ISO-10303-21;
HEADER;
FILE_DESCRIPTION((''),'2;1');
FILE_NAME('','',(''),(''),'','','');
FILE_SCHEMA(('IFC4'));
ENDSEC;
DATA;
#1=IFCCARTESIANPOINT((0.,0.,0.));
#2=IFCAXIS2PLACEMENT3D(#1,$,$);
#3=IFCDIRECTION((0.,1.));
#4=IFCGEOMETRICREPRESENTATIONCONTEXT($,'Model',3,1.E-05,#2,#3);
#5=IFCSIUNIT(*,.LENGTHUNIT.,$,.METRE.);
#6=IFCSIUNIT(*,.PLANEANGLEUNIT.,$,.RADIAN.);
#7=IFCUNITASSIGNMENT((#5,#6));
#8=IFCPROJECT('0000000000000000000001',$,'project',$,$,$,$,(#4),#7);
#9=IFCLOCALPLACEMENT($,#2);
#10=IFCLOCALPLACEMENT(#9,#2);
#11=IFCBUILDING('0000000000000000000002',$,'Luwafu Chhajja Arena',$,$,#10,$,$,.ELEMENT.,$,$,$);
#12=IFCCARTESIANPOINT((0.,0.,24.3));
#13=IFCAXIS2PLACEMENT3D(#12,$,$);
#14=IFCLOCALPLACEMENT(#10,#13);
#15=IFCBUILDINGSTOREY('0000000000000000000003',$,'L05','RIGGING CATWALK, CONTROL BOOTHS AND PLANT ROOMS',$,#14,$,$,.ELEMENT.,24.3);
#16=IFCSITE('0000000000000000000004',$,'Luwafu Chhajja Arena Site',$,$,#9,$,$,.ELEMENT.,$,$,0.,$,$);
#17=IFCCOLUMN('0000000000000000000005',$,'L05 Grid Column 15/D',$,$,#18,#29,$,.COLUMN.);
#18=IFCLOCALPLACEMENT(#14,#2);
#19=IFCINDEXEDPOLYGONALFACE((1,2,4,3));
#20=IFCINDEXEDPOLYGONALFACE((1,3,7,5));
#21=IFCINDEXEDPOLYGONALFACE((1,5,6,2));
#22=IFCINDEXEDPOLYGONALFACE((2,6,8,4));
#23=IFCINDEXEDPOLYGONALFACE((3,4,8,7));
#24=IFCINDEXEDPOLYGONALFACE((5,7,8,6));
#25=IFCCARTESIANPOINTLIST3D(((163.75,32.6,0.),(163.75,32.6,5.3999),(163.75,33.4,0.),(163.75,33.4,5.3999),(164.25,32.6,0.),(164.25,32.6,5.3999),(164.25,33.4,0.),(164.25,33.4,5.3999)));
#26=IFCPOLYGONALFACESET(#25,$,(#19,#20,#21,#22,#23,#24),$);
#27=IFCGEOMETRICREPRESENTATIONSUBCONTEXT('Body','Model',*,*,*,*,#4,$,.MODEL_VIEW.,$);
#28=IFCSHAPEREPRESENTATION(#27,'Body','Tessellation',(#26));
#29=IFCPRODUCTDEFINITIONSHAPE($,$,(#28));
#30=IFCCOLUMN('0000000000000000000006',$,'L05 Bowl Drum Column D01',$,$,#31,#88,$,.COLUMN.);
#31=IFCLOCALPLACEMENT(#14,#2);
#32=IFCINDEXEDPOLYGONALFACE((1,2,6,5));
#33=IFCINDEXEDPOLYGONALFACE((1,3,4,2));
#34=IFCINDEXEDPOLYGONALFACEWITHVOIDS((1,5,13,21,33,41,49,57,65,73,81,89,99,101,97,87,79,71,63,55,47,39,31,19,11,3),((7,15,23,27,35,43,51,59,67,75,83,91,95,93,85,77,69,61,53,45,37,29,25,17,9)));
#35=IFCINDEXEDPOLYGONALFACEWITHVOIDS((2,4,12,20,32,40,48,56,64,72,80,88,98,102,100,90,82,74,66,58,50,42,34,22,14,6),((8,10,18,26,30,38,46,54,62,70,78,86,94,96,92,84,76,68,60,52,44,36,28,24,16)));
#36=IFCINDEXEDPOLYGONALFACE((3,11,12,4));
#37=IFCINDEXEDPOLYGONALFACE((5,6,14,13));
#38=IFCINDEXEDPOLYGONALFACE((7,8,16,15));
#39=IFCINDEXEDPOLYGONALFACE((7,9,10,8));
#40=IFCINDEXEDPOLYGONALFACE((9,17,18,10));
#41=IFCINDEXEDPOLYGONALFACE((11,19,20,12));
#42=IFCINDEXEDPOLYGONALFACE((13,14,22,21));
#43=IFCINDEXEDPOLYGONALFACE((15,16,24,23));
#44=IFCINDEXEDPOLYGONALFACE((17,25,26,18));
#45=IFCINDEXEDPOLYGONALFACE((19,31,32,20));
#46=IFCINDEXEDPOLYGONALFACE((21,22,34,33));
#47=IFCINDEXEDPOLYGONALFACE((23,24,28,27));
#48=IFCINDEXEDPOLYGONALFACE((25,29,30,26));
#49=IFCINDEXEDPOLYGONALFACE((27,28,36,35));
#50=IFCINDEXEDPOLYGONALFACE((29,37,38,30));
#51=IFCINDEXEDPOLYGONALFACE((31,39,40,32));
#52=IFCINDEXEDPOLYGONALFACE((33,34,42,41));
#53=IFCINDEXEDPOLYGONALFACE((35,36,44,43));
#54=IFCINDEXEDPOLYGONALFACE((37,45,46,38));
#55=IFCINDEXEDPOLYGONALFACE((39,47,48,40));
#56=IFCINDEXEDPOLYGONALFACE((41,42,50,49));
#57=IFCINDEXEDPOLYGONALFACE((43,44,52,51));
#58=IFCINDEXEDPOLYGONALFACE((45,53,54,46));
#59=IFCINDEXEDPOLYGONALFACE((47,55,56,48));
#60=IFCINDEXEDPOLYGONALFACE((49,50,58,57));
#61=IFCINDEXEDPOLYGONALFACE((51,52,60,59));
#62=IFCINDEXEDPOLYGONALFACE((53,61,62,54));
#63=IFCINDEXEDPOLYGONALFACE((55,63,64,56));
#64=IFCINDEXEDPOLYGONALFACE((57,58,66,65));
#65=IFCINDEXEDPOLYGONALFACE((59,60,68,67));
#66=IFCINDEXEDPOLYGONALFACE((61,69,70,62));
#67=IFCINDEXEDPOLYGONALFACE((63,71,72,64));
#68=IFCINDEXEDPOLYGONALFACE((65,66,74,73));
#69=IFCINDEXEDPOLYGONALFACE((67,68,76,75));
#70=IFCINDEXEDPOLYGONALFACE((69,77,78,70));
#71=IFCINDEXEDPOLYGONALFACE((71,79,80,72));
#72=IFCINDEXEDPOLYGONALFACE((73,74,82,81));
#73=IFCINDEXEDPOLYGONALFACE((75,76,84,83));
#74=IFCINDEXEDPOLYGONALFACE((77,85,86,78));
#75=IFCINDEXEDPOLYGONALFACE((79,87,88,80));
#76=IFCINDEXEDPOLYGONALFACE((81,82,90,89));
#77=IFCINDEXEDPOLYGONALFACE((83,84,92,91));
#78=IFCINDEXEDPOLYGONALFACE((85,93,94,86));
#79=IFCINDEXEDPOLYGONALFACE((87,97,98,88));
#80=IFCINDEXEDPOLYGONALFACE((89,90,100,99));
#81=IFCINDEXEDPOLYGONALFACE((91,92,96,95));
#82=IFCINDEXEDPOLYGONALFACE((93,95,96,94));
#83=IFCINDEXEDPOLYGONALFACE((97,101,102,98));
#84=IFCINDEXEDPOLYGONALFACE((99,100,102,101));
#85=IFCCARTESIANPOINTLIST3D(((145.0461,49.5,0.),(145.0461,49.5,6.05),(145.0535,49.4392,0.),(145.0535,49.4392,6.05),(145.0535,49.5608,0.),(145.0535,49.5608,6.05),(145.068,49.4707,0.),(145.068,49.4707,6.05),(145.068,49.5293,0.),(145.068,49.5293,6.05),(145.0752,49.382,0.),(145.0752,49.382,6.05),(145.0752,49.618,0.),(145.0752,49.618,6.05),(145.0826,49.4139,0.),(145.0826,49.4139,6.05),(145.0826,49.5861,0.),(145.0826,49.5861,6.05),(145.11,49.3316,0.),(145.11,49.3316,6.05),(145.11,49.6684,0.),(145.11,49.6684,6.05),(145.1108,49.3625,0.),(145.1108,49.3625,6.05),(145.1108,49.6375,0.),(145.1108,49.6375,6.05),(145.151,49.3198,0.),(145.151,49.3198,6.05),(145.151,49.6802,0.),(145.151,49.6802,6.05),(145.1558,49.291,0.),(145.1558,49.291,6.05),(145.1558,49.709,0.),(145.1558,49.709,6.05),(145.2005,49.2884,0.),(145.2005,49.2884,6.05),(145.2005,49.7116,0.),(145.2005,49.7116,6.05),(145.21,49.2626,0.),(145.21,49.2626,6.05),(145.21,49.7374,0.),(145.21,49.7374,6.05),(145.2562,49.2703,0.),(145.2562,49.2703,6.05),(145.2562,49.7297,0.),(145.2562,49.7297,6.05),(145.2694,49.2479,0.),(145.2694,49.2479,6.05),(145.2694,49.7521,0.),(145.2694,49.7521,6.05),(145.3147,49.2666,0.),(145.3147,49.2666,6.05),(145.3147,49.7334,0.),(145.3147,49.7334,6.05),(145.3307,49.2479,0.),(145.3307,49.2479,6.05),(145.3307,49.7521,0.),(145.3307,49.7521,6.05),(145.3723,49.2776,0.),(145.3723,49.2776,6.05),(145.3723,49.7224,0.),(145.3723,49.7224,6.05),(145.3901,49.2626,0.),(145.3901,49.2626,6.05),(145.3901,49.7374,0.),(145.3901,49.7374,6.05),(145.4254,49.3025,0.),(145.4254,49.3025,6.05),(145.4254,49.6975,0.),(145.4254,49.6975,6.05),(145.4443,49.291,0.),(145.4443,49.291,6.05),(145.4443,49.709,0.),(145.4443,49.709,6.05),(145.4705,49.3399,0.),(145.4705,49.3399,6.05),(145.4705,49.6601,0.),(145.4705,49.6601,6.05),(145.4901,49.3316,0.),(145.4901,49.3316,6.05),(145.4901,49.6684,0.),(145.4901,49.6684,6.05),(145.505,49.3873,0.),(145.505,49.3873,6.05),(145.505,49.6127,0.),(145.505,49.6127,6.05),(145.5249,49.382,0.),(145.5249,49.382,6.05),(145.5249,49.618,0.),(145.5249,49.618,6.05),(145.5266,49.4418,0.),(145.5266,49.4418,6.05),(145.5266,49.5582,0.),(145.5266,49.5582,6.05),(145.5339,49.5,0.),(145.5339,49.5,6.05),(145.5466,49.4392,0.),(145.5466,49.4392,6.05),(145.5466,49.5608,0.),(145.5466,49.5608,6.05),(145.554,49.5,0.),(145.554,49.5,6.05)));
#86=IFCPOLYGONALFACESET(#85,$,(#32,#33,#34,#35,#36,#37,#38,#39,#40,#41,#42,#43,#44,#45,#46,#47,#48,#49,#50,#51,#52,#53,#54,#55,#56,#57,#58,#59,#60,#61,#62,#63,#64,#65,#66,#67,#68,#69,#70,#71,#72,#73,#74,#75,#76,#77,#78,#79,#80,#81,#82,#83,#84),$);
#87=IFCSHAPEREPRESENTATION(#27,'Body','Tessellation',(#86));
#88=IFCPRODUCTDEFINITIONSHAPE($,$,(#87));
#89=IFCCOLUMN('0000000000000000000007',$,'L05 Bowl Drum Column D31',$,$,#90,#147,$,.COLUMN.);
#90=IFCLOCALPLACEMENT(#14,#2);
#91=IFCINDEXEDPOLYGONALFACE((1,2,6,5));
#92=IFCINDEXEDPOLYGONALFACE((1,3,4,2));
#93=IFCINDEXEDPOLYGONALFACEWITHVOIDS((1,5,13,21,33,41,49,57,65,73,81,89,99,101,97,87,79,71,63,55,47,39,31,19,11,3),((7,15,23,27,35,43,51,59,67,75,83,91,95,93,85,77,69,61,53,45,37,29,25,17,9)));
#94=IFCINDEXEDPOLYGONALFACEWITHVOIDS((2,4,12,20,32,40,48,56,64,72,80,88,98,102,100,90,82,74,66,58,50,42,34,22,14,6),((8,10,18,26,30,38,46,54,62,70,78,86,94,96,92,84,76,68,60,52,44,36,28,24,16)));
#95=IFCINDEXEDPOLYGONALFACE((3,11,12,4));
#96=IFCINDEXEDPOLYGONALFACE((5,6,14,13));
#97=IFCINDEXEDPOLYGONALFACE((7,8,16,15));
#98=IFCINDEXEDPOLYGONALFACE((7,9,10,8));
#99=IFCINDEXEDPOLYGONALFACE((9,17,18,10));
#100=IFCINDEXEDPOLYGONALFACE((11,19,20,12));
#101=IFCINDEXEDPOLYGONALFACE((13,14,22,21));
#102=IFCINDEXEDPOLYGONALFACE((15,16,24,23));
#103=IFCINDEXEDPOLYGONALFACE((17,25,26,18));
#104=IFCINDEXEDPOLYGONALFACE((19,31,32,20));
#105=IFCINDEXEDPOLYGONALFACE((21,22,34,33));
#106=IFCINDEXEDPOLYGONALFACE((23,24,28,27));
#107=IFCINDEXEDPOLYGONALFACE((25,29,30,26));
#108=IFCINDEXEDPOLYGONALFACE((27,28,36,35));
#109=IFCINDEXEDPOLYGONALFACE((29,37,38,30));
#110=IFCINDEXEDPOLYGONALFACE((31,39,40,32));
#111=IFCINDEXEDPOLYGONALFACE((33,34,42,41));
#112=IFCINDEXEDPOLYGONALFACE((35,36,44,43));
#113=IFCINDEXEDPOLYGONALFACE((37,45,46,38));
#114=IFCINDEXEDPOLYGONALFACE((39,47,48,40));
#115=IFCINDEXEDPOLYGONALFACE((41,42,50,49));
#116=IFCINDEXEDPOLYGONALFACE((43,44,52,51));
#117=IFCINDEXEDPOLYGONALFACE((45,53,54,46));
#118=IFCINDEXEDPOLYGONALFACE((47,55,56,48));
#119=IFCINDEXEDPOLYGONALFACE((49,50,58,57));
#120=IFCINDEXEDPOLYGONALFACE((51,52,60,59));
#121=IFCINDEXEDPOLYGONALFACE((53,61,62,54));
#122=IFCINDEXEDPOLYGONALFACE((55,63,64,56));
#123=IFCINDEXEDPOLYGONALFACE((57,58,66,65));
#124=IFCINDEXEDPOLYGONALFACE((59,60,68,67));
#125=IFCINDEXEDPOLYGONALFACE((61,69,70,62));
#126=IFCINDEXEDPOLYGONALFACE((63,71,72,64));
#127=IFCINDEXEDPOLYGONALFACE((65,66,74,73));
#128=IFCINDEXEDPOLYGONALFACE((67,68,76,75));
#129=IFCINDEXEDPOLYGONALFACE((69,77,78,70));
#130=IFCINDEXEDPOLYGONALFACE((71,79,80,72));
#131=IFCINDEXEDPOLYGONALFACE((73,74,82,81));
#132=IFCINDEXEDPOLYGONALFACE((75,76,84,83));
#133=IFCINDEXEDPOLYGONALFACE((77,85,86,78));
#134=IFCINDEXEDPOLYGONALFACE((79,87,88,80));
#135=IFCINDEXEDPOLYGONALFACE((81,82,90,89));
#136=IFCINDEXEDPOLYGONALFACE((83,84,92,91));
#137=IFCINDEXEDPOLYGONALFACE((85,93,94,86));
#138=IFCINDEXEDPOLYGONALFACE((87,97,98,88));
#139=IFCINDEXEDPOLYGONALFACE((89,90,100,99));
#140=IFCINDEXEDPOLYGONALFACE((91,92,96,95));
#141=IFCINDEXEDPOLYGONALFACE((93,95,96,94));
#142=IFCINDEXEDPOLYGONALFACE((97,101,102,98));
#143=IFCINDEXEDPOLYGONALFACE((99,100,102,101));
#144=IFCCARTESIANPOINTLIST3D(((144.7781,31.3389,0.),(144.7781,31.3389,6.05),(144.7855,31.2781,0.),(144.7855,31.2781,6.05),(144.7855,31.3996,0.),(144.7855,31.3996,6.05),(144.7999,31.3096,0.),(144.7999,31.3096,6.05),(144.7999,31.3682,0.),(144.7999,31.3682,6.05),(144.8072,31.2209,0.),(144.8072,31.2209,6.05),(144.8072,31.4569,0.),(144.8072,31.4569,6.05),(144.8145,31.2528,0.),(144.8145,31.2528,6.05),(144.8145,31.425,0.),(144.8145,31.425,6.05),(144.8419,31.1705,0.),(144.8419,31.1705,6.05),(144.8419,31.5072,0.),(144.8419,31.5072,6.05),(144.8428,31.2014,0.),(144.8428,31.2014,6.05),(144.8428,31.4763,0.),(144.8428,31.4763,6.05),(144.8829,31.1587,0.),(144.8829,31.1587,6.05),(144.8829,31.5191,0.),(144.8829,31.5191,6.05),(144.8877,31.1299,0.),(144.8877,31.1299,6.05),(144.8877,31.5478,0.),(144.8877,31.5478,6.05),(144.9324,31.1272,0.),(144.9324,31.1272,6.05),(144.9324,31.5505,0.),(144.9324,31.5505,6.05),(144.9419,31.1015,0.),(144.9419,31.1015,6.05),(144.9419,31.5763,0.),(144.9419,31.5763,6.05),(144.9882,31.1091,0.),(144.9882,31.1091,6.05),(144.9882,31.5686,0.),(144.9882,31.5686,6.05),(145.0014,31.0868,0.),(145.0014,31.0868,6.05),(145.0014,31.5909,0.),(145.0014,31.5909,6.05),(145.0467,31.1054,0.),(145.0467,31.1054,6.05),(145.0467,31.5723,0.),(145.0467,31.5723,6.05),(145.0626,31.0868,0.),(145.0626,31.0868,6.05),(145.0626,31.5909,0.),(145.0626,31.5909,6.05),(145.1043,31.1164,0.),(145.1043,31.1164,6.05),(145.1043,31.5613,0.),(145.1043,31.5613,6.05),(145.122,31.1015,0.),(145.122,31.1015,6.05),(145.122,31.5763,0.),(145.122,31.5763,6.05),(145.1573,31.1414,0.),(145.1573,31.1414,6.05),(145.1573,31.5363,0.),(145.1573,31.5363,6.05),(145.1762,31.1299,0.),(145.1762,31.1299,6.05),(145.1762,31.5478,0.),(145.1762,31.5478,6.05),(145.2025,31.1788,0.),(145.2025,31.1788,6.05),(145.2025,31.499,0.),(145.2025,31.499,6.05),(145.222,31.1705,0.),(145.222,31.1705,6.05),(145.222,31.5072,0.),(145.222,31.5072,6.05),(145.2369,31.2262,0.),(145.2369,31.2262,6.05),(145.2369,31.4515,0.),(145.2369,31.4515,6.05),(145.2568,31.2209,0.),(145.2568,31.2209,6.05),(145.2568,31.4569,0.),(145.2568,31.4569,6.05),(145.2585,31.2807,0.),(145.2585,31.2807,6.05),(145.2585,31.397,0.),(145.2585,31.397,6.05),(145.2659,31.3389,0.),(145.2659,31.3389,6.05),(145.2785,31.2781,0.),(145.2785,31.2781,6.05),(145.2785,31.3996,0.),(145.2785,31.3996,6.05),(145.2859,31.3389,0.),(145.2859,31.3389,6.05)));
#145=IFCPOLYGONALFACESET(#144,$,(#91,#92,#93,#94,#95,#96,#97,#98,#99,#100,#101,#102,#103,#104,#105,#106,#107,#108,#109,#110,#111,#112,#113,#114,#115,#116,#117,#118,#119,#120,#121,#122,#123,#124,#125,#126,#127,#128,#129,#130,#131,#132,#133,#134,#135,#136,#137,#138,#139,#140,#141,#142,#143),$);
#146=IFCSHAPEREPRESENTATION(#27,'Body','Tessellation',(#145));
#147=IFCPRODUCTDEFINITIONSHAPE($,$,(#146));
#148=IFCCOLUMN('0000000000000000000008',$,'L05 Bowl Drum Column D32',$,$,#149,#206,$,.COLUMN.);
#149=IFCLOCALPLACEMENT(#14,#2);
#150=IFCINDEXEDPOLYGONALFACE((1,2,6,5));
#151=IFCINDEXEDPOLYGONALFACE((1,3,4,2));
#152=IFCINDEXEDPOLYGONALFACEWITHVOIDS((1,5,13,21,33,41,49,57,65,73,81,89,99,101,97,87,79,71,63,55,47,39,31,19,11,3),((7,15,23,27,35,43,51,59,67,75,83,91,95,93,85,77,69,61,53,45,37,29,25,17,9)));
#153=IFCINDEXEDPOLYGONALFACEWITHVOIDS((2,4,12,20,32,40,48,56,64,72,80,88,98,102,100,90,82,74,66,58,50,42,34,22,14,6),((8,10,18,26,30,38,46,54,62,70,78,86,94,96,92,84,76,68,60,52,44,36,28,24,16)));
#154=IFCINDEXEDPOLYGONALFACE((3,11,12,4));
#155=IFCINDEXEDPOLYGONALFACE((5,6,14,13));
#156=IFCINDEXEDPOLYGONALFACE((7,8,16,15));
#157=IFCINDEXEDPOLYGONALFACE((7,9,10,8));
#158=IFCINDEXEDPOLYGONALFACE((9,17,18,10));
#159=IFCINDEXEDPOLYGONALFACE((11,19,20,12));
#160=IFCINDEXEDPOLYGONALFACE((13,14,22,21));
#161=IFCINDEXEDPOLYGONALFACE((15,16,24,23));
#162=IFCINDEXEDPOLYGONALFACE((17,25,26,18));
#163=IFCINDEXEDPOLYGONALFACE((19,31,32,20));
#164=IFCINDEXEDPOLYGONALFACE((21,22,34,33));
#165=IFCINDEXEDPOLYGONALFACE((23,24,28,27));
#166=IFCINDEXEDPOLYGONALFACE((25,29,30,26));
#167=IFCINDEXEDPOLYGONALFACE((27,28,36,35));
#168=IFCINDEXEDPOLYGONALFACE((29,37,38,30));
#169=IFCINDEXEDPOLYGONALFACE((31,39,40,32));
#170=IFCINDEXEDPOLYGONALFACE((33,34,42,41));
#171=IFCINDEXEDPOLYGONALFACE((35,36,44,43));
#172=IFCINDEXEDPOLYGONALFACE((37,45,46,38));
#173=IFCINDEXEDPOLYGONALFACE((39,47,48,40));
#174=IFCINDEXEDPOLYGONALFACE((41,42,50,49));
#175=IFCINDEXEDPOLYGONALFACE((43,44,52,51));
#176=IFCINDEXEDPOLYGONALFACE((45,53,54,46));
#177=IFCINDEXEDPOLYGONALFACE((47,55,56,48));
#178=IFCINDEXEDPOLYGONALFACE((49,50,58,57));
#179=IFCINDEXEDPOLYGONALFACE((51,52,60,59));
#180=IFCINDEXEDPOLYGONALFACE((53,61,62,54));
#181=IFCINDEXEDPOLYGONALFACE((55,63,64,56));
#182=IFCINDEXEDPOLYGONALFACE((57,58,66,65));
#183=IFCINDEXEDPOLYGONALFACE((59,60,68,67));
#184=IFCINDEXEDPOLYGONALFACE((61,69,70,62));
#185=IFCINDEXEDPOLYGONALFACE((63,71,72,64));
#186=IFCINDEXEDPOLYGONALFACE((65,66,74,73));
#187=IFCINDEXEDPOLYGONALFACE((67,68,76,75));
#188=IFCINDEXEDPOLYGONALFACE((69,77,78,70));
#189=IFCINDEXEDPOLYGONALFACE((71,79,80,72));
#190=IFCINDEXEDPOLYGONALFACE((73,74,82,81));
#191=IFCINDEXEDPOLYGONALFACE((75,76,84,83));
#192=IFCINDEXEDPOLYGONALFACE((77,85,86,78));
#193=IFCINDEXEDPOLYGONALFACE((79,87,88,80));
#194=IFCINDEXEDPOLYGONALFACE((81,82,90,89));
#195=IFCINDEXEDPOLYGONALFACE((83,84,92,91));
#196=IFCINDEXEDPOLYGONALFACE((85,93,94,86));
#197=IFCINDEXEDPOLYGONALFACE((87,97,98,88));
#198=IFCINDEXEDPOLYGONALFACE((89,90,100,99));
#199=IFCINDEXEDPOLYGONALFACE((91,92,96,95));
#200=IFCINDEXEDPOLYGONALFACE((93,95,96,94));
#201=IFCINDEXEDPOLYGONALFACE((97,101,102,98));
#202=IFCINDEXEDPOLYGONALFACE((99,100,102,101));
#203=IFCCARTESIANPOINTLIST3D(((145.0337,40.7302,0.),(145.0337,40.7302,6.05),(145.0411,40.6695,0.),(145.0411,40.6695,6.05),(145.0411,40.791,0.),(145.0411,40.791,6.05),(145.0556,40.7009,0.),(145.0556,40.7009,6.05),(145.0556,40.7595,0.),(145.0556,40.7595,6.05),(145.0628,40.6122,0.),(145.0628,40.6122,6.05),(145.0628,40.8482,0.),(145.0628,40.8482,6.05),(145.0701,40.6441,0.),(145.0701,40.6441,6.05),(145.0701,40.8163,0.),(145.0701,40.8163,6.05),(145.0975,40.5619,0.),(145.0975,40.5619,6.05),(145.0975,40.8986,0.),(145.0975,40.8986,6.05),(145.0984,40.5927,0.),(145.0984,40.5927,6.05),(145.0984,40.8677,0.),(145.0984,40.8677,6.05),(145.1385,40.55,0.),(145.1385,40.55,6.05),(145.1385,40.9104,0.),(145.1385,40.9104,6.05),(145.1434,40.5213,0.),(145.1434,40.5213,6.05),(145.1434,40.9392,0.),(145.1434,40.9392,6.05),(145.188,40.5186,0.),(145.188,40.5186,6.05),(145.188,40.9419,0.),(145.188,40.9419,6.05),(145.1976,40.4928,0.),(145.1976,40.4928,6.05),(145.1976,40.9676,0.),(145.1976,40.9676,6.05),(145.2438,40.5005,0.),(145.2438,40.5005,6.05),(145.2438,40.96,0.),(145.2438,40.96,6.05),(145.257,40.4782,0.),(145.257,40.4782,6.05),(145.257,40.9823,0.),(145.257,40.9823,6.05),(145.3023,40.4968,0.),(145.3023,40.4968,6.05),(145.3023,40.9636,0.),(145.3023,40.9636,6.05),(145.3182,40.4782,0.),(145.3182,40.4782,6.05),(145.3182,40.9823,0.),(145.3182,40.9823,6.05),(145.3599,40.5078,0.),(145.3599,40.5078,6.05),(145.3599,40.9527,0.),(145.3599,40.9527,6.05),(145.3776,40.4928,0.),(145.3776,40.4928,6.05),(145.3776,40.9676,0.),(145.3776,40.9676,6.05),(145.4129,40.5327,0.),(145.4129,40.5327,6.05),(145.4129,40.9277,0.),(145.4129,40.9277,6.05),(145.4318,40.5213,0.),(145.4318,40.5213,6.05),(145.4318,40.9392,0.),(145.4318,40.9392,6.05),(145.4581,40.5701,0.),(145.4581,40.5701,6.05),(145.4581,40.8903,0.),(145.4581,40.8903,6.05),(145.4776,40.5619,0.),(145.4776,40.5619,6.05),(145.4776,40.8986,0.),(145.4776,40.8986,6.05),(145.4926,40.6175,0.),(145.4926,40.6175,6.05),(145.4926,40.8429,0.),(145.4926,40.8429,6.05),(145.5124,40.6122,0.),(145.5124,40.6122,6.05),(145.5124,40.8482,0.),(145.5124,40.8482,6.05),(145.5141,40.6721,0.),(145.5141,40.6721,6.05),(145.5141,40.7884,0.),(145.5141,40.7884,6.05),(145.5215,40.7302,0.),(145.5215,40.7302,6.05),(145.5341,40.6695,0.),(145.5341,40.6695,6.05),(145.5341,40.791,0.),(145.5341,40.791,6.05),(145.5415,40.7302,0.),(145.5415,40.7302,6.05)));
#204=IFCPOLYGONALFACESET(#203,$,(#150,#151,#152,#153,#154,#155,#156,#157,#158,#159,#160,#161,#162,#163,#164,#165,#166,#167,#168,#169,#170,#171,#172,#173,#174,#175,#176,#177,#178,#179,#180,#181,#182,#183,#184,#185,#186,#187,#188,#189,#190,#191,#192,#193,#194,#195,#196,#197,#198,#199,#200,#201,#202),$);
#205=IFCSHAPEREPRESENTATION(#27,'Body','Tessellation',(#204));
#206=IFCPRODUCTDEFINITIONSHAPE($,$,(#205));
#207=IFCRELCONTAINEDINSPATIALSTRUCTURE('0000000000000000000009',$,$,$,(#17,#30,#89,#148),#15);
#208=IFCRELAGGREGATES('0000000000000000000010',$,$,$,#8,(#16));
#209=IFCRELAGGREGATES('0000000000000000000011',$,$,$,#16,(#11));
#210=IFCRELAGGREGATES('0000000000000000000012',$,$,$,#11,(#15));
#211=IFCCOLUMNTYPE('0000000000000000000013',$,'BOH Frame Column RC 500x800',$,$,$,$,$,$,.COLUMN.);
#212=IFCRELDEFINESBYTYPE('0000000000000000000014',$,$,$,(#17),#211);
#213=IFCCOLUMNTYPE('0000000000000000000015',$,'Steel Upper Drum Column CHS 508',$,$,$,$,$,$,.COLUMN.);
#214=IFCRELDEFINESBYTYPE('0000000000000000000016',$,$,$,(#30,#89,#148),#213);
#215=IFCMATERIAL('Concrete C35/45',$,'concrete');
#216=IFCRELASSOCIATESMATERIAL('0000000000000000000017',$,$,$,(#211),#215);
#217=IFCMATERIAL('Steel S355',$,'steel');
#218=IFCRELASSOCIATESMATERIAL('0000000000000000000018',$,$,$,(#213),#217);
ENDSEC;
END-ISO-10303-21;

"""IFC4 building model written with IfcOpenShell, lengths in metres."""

from ifc_helpers import new_model, si_unit, direction, frame, origin, origin_2d, place, context, subcontext, project, spatial, rectangle, hollow_circle, extrude, material, material_profile, profile_set, type_object, element, save


model = new_model("IFC4")

# Units and contexts
model_context = context("Model", 3, precision=1e-05, world=origin(), true_north=direction((0.0, 1.0)))
body_context = subcontext(model_context, "Body", "Model", "MODEL_VIEW")
ifc_project = project(units=[si_unit("LENGTHUNIT", "METRE"), si_unit("PLANEANGLEUNIT", "RADIAN")], contexts=[model_context])

# Site, building, storey
site_placement = place(None, origin())
site = spatial("IfcSite", under=ifc_project, at=site_placement, Name="Luwafu Chhajja Arena Site", CompositionType="ELEMENT", RefElevation=0.0)
building_placement = place(site_placement, origin())
building = spatial("IfcBuilding", under=site, at=building_placement, Name="Luwafu Chhajja Arena", CompositionType="ELEMENT")
storey_placement = place(building_placement, frame((0.0, 0.0, 24.3)))
storey = spatial("IfcBuildingStorey", under=building, at=storey_placement, Name="L05", Description="RIGGING CATWALK, CONTROL BOOTHS AND PLANT ROOMS", CompositionType="ELEMENT", Elevation=24.3)

# Columns
ifc_material_1 = material(Name="Concrete C35/45", Category="concrete")
ifc_material_profile_1 = material_profile(ifc_material_1, rectangle(XDim=0.5, YDim=0.8, at=origin_2d()), Name="RC 500x800")
ifc_profile_set_1 = profile_set([ifc_material_profile_1], Name="Concrete C35/45")
column_type_1 = type_object("IfcColumnType", Name="BOH Frame Column RC 500x800", PredefinedType="COLUMN", material=ifc_profile_set_1)
column_1_placement = place(storey_placement, frame((164.0, 33.0, 0.0), z_axis=(0.0, 0.0, 1.0), x_axis=(1.0, 0.0, 0.0)))
element("IfcColumn", 1, at=column_1_placement, inside=storey, type_object=column_type_1, Name="L05 Grid Column 15/D", PredefinedType="COLUMN", context=body_context, shape_type="SweptSolid", body=[
    extrude(rectangle(XDim=0.5, YDim=0.8, at=origin_2d()), origin(), (0.0, 0.0, 1.0), 5.3999),
])
ifc_material_2 = material(Name="Steel S355", Category="steel")
ifc_material_profile_2 = material_profile(ifc_material_2, hollow_circle(Radius=0.2539, WallThickness=0.02, at=origin_2d()), Name="CHS 508x20")
ifc_profile_set_2 = profile_set([ifc_material_profile_2], Name="Steel S355")
column_type_2 = type_object("IfcColumnType", Name="Steel Upper Drum Column CHS 508", PredefinedType="COLUMN", material=ifc_profile_set_2)
for number, where, z_axis, x_axis, name in (
    (2, (145.3, 49.5, 0.0), (0.0, 0.0, 1.0), (1.0, 0.0, 0.0), "L05 Bowl Drum Column D01"),
    (3, (145.032, 31.3389, 0.0), (0.0, 0.0, 1.0), (1.0, 0.0, 0.0), "L05 Bowl Drum Column D31"),
    (4, (145.2876, 40.7302, 0.0), (0.0, 0.0, 1.0), (1.0, 0.0, 0.0), "L05 Bowl Drum Column D32"),
):
    element("IfcColumn", number, at=place(storey_placement, frame(where, z_axis=z_axis, x_axis=x_axis)), inside=storey, type_object=column_type_2, Name=name, PredefinedType="COLUMN", context=body_context, shape_type="SweptSolid", body=[
        extrude(hollow_circle(Radius=0.2539, WallThickness=0.02, at=origin_2d()), origin(), (0.0, 0.0, 1.0), 6.05),
    ])

save(model, "model.ifc")
